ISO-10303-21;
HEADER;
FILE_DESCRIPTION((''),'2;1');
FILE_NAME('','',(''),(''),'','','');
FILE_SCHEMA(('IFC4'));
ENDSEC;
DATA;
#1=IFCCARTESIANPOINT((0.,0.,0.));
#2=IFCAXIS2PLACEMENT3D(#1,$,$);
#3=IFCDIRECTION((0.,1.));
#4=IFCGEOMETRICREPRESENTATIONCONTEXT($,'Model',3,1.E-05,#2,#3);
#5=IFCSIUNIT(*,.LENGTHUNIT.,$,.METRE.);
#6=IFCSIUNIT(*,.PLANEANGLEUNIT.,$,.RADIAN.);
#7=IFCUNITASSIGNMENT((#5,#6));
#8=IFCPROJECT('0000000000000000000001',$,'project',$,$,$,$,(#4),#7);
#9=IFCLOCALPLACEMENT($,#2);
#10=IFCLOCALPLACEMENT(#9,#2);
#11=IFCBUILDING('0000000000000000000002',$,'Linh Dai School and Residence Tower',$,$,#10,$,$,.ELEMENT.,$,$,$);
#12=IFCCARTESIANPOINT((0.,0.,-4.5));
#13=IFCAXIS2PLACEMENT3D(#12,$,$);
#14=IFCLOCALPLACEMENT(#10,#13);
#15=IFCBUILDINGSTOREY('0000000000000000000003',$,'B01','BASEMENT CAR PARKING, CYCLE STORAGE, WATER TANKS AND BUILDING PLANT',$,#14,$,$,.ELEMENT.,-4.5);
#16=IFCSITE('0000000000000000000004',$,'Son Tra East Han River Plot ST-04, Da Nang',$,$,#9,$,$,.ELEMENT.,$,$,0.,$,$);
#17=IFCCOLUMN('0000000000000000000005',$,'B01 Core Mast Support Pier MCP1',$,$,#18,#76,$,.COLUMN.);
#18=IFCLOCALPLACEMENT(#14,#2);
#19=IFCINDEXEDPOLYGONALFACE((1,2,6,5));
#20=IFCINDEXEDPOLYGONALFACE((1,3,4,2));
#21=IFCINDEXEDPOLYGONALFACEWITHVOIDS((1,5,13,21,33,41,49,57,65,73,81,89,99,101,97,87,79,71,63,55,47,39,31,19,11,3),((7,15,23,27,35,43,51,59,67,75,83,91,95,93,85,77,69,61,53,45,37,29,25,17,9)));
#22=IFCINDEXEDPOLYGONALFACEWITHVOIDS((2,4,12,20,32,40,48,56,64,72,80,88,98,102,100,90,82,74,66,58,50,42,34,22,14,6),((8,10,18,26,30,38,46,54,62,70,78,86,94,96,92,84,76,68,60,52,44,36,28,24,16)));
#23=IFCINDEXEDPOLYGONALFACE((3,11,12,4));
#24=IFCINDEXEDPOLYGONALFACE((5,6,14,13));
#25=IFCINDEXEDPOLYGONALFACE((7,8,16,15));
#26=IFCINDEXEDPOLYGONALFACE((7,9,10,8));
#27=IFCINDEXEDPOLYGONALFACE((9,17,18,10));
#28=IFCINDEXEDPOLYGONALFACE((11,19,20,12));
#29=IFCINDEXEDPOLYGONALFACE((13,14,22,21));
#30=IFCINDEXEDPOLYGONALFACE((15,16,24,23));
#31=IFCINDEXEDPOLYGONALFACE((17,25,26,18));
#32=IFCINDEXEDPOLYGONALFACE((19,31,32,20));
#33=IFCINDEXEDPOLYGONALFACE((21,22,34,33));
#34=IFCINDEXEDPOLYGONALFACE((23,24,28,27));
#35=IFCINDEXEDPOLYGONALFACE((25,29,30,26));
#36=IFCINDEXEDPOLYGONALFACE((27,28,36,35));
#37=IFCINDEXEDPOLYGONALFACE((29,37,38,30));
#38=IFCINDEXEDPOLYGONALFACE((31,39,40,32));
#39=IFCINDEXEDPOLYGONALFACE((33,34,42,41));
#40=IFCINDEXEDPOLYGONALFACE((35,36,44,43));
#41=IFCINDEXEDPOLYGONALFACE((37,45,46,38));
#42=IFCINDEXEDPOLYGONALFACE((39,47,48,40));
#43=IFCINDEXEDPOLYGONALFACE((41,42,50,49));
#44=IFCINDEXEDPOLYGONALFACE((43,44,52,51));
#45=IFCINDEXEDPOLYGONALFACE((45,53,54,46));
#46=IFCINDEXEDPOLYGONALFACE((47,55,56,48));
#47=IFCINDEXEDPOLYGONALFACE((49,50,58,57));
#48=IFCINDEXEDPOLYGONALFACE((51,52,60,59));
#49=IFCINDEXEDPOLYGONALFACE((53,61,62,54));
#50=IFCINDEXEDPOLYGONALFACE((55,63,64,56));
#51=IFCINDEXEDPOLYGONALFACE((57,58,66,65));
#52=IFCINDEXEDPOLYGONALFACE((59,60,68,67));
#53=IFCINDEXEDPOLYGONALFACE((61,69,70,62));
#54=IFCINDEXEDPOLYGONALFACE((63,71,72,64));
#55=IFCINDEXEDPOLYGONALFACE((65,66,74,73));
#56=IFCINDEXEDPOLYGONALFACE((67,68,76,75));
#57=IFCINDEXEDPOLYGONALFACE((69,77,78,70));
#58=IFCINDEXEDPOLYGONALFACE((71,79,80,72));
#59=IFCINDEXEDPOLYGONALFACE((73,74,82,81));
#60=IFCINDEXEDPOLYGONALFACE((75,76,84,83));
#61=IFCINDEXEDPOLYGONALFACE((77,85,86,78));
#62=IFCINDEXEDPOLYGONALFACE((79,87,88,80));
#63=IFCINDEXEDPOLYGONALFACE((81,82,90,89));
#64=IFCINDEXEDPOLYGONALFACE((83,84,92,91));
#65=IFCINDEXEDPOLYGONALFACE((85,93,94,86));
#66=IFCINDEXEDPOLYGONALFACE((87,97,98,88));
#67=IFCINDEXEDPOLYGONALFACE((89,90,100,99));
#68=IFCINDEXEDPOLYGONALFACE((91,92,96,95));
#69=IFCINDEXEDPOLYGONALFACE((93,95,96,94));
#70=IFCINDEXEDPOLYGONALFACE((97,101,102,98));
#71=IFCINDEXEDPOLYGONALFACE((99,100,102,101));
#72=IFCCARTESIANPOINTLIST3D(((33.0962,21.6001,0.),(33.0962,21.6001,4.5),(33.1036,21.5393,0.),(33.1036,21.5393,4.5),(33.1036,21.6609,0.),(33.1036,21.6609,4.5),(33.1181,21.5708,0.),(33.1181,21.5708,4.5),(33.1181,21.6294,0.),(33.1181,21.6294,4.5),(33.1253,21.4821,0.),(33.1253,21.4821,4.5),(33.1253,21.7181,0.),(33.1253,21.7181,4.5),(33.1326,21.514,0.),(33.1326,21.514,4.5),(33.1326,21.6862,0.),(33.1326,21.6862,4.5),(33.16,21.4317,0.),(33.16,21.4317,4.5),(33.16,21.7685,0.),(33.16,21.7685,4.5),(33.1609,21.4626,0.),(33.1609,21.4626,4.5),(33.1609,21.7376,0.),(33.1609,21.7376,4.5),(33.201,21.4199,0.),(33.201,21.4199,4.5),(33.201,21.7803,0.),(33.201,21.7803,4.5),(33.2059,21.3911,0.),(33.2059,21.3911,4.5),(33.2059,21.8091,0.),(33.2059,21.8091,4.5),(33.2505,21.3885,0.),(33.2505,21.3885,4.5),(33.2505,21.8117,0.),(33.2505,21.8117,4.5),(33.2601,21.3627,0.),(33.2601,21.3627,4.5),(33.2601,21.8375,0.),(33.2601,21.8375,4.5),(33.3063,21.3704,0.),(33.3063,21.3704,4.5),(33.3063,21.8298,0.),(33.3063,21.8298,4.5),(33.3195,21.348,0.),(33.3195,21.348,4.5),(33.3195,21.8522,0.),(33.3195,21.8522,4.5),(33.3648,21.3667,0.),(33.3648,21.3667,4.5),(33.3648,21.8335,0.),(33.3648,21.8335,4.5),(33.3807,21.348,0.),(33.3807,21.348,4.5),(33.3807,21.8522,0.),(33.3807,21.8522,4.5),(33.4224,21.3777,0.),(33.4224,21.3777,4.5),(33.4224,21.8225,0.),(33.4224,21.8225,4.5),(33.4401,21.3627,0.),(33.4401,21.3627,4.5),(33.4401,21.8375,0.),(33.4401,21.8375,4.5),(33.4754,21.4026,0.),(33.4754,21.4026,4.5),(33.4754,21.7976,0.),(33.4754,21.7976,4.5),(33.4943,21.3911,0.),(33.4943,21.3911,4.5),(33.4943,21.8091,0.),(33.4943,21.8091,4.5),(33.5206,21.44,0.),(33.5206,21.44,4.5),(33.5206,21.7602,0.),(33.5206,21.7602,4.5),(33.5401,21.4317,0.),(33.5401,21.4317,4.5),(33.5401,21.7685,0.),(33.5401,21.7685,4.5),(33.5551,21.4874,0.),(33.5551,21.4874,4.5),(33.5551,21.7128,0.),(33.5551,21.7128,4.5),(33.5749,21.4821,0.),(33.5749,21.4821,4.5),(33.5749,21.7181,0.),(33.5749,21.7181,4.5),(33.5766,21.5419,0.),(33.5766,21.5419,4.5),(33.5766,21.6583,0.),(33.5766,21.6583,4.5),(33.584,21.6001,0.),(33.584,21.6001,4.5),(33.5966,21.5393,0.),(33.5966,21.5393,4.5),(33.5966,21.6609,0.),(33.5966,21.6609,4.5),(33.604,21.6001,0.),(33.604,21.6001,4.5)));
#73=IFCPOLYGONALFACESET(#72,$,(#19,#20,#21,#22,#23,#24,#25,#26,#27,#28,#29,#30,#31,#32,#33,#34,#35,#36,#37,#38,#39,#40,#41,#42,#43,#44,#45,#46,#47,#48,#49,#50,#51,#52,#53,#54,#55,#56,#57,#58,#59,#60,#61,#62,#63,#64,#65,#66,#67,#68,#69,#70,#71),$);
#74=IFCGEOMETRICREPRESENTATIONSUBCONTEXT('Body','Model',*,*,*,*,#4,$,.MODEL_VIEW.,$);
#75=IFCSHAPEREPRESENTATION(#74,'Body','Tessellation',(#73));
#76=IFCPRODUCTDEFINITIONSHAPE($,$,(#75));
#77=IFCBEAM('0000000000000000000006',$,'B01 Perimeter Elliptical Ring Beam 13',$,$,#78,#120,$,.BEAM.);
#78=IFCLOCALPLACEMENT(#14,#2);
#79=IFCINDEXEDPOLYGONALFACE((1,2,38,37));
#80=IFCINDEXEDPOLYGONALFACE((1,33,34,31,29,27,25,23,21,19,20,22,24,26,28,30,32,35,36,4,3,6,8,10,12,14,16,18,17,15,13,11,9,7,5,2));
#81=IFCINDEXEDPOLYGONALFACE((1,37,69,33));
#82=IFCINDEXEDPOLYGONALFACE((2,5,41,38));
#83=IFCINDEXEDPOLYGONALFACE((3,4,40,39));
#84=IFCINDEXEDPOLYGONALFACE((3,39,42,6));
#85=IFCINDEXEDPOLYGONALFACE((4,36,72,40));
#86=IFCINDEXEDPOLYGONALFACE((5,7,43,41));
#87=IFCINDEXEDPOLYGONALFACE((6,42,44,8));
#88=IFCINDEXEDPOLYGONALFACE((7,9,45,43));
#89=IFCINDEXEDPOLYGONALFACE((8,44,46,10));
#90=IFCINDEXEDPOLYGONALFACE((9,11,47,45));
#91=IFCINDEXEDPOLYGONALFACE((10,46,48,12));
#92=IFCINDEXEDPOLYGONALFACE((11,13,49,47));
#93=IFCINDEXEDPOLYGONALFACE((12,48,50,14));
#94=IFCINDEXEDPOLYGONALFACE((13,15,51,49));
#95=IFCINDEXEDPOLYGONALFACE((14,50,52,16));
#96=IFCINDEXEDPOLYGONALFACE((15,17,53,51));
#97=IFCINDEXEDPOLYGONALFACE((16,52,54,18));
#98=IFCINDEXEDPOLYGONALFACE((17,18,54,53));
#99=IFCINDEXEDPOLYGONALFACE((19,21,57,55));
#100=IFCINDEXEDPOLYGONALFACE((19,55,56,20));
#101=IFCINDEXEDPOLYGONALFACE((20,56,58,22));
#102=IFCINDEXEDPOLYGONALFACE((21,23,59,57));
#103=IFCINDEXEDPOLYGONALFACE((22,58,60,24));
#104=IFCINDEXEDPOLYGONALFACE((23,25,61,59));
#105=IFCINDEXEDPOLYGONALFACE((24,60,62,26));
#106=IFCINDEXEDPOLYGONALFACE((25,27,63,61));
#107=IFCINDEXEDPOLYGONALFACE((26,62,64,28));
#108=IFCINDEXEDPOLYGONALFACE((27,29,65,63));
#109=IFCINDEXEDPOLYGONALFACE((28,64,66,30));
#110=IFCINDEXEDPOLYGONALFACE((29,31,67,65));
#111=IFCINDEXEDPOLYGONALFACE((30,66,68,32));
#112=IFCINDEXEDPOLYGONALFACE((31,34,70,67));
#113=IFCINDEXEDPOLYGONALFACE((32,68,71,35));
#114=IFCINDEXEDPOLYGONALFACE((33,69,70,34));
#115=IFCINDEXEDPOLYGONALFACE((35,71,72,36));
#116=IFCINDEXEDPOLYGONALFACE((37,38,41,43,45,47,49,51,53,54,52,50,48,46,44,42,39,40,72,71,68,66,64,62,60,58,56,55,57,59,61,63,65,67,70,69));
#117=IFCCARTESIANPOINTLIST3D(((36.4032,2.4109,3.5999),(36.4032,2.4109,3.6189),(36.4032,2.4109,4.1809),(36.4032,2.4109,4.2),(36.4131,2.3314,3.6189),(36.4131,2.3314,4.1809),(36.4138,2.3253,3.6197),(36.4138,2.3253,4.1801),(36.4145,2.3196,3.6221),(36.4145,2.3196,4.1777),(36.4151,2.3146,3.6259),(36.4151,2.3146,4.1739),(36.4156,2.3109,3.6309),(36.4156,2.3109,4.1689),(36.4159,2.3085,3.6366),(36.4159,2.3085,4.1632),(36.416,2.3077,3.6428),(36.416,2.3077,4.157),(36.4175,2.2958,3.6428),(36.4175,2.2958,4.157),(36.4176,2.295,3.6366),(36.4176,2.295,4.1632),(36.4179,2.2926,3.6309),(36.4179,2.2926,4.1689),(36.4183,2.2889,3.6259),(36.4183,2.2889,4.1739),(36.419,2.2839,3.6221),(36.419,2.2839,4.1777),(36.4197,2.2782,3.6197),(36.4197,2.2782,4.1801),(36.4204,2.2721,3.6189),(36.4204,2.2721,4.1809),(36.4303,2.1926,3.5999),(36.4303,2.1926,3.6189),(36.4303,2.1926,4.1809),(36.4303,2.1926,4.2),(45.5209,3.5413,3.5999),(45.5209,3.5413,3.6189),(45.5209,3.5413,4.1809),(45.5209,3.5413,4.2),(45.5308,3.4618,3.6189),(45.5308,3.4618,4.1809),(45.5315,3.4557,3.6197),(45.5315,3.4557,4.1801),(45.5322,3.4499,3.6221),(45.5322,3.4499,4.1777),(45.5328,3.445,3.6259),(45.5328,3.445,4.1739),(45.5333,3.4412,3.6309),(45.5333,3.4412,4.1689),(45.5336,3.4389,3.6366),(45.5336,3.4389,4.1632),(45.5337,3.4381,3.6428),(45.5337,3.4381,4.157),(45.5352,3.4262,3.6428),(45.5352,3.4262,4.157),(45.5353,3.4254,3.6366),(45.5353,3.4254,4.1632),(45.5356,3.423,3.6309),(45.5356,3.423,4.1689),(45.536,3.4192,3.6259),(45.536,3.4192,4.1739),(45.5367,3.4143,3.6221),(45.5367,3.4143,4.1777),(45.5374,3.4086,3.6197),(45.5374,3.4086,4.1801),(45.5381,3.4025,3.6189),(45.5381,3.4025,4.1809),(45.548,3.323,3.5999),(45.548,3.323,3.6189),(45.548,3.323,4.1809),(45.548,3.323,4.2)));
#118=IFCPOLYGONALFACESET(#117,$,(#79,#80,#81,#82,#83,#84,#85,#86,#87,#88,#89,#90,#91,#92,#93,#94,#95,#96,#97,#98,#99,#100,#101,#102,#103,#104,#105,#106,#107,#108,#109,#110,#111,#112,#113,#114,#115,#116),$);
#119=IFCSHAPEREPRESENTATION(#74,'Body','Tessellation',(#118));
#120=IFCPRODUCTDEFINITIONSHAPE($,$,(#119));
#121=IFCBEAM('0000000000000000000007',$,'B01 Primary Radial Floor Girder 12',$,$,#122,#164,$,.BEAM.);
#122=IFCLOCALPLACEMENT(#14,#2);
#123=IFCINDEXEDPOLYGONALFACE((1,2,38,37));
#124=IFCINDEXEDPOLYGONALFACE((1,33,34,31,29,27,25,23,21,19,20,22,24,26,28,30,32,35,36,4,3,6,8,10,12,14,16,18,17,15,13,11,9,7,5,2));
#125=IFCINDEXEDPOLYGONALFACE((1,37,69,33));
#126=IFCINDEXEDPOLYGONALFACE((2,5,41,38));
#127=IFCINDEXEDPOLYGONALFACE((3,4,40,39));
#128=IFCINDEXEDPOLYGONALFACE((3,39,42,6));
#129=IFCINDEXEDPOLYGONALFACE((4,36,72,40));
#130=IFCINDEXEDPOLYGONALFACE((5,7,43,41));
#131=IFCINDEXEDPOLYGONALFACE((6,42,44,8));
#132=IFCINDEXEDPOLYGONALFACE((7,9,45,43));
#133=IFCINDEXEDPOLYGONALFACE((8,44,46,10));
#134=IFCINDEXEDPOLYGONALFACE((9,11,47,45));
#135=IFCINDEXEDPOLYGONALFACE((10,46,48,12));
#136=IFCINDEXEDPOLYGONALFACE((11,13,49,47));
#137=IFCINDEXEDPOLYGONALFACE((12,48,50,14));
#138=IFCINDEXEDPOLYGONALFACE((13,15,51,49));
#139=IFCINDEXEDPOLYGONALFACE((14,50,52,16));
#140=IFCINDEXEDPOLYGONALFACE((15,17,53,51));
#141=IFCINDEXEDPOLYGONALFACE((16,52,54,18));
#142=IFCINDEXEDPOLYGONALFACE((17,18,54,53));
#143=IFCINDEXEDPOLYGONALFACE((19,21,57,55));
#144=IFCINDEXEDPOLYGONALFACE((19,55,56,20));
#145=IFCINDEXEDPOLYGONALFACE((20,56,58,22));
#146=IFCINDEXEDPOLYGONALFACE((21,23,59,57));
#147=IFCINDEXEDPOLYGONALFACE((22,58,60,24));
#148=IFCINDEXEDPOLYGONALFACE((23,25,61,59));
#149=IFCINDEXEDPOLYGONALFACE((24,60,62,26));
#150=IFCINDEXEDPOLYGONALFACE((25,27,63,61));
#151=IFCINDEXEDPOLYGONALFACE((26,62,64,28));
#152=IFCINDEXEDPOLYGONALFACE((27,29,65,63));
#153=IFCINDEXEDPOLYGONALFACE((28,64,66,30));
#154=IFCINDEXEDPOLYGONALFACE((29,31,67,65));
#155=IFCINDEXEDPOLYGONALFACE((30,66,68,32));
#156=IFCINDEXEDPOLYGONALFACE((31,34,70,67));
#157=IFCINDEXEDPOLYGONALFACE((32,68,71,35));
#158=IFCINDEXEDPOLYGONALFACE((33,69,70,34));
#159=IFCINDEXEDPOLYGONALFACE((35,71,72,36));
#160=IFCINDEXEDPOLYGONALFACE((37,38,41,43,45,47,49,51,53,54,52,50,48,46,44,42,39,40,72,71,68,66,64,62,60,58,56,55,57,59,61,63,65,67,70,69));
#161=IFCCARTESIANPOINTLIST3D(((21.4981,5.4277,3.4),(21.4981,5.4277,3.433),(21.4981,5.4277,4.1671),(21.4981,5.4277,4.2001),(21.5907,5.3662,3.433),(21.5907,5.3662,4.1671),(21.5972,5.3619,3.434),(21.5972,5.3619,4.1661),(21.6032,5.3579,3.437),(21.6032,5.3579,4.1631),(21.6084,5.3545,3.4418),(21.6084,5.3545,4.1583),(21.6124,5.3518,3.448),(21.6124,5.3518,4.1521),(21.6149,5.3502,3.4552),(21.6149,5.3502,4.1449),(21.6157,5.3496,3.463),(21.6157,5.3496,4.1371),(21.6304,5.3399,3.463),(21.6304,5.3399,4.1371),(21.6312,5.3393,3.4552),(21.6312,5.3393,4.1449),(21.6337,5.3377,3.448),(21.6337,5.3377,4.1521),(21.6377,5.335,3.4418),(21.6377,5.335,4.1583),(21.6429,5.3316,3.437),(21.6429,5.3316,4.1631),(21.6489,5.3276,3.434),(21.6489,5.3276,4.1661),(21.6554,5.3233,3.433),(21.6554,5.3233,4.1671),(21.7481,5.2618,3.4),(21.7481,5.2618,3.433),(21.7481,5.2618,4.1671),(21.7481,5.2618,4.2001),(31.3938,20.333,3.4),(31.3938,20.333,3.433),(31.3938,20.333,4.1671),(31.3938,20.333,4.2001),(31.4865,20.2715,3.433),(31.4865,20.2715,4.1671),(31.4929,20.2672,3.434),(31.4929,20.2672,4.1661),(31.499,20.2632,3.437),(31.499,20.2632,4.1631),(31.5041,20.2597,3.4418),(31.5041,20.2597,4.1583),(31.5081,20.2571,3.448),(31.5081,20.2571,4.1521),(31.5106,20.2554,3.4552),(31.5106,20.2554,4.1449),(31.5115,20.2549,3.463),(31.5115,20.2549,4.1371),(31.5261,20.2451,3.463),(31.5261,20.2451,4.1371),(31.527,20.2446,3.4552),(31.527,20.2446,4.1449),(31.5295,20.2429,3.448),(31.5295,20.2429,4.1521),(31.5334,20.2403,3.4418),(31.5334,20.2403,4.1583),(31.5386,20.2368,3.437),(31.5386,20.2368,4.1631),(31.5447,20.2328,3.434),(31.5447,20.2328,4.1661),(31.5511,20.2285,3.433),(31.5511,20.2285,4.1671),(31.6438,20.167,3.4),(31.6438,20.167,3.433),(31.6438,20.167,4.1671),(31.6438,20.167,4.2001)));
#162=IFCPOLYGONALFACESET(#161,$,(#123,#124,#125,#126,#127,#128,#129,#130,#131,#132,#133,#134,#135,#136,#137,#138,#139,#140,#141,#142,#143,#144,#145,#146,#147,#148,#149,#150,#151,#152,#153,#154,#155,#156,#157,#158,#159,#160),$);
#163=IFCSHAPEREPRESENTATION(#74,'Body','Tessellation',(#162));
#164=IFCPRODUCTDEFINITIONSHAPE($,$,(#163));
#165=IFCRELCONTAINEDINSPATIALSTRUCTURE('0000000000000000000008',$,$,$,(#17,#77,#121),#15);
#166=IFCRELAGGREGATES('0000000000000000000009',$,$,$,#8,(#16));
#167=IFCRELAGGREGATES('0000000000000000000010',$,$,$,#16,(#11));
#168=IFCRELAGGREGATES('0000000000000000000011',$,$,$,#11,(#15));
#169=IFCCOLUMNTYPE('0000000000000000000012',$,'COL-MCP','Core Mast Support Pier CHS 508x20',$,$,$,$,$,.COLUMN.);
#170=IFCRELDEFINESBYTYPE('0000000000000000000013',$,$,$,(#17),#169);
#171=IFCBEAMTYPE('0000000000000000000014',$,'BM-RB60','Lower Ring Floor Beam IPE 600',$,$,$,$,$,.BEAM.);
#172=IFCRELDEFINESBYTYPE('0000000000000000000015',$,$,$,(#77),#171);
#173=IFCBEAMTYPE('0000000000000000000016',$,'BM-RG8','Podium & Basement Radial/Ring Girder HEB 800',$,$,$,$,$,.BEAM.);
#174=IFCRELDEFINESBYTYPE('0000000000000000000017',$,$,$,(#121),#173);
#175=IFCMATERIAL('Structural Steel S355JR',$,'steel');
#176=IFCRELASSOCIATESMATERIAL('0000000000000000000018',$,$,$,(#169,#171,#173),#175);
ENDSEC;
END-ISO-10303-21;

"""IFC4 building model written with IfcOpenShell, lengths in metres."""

from ifc_helpers import new_model, si_unit, direction, frame, origin, origin_2d, place, context, subcontext, project, spatial, hollow_circle, i_section, extrude, material, material_profile, profile_set, type_object, element, save


model = new_model("IFC4")

# Units and contexts
model_context = context("Model", 3, precision=1e-05, world=origin(), true_north=direction((0.0, 1.0)))
body_context = subcontext(model_context, "Body", "Model", "MODEL_VIEW")
ifc_project = project(units=[si_unit("LENGTHUNIT", "METRE"), si_unit("PLANEANGLEUNIT", "RADIAN")], contexts=[model_context])

# Site, building, storey
site_placement = place(None, origin())
site = spatial("IfcSite", under=ifc_project, at=site_placement, Name="Son Tra East Han River Plot ST-04, Da Nang", CompositionType="ELEMENT", RefElevation=0.0)
building_placement = place(site_placement, origin())
building = spatial("IfcBuilding", under=site, at=building_placement, Name="Linh Dai School and Residence Tower", CompositionType="ELEMENT")
storey_placement = place(building_placement, frame((0.0, 0.0, -4.5)))
storey = spatial("IfcBuildingStorey", under=building, at=storey_placement, Name="B01", Description="BASEMENT CAR PARKING, CYCLE STORAGE, WATER TANKS AND BUILDING PLANT", CompositionType="ELEMENT", Elevation=-4.5)

# Column
ifc_material_1 = material(Name="Structural Steel S355JR", Category="steel")
ifc_material_profile_1 = material_profile(ifc_material_1, hollow_circle(Radius=0.2539, WallThickness=0.02, at=origin_2d()), Name="CHS 508x20")
ifc_profile_set_1 = profile_set([ifc_material_profile_1], Name="Structural Steel S355JR")
column_type_1 = type_object("IfcColumnType", Name="COL-MCP", Description="Core Mast Support Pier CHS 508x20", PredefinedType="COLUMN", material=ifc_profile_set_1)
column_1_placement = place(storey_placement, frame((33.3501, 21.6001, 0.0), z_axis=(0.0, 0.0, 1.0), x_axis=(1.0, 0.0, 0.0)))
element("IfcColumn", 1, at=column_1_placement, inside=storey, type_object=column_type_1, Name="B01 Core Mast Support Pier MCP1", PredefinedType="COLUMN", context=body_context, shape_type="SweptSolid", body=[
    extrude(hollow_circle(Radius=0.2539, WallThickness=0.02, at=origin_2d()), origin(), (0.0, 0.0, 1.0), 4.5),
])

# Beams
ifc_material_profile_2 = material_profile(ifc_material_1, i_section(OverallWidth=0.22, OverallDepth=0.6001, WebThickness=0.012, FlangeThickness=0.019, FilletRadius=0.0239, at=origin_2d()), Name="IPE 600")
ifc_profile_set_2 = profile_set([ifc_material_profile_2], Name="Structural Steel S355JR")
beam_type_1 = type_object("IfcBeamType", Name="BM-RB60", Description="Lower Ring Floor Beam IPE 600", PredefinedType="BEAM", material=ifc_profile_set_2)
beam_1_placement = place(storey_placement, frame((36.4167, 2.3018, 3.8999), z_axis=(0.992402, 0.123034, 0.0), x_axis=(-0.123034, 0.992402, 0.0)))
element("IfcBeam", 2, at=beam_1_placement, inside=storey, type_object=beam_type_1, Name="B01 Perimeter Elliptical Ring Beam 13", PredefinedType="BEAM", context=body_context, shape_type="SweptSolid", body=[
    extrude(i_section(OverallWidth=0.22, OverallDepth=0.6001, WebThickness=0.012, FlangeThickness=0.019, FilletRadius=0.0239, at=origin_2d()), origin(), (0.0, 0.0, 1.0), 9.1875),
])
ifc_material_profile_3 = material_profile(ifc_material_1, i_section(OverallWidth=0.3, OverallDepth=0.8, WebThickness=0.0176, FlangeThickness=0.033, FilletRadius=0.03, at=origin_2d()), Name="HEB 800")
ifc_profile_set_3 = profile_set([ifc_material_profile_3], Name="Structural Steel S355JR")
beam_type_2 = type_object("IfcBeamType", Name="BM-RG8", Description="Podium & Basement Radial/Ring Girder HEB 800", PredefinedType="BEAM", material=ifc_profile_set_3)
beam_2_placement = place(storey_placement, frame((31.5188, 20.25, 3.8), z_axis=(-0.553109, -0.833109, 0.0), x_axis=(0.833109, -0.553109, 0.0)))
element("IfcBeam", 3, at=beam_2_placement, inside=storey, type_object=beam_type_2, Name="B01 Primary Radial Floor Girder 12", PredefinedType="BEAM", context=body_context, shape_type="SweptSolid", body=[
    extrude(i_section(OverallWidth=0.3, OverallDepth=0.8, WebThickness=0.0176, FlangeThickness=0.033, FilletRadius=0.03, at=origin_2d()), origin(), (0.0, 0.0, 1.0), 17.8911),
])

save(model, "model.ifc")
